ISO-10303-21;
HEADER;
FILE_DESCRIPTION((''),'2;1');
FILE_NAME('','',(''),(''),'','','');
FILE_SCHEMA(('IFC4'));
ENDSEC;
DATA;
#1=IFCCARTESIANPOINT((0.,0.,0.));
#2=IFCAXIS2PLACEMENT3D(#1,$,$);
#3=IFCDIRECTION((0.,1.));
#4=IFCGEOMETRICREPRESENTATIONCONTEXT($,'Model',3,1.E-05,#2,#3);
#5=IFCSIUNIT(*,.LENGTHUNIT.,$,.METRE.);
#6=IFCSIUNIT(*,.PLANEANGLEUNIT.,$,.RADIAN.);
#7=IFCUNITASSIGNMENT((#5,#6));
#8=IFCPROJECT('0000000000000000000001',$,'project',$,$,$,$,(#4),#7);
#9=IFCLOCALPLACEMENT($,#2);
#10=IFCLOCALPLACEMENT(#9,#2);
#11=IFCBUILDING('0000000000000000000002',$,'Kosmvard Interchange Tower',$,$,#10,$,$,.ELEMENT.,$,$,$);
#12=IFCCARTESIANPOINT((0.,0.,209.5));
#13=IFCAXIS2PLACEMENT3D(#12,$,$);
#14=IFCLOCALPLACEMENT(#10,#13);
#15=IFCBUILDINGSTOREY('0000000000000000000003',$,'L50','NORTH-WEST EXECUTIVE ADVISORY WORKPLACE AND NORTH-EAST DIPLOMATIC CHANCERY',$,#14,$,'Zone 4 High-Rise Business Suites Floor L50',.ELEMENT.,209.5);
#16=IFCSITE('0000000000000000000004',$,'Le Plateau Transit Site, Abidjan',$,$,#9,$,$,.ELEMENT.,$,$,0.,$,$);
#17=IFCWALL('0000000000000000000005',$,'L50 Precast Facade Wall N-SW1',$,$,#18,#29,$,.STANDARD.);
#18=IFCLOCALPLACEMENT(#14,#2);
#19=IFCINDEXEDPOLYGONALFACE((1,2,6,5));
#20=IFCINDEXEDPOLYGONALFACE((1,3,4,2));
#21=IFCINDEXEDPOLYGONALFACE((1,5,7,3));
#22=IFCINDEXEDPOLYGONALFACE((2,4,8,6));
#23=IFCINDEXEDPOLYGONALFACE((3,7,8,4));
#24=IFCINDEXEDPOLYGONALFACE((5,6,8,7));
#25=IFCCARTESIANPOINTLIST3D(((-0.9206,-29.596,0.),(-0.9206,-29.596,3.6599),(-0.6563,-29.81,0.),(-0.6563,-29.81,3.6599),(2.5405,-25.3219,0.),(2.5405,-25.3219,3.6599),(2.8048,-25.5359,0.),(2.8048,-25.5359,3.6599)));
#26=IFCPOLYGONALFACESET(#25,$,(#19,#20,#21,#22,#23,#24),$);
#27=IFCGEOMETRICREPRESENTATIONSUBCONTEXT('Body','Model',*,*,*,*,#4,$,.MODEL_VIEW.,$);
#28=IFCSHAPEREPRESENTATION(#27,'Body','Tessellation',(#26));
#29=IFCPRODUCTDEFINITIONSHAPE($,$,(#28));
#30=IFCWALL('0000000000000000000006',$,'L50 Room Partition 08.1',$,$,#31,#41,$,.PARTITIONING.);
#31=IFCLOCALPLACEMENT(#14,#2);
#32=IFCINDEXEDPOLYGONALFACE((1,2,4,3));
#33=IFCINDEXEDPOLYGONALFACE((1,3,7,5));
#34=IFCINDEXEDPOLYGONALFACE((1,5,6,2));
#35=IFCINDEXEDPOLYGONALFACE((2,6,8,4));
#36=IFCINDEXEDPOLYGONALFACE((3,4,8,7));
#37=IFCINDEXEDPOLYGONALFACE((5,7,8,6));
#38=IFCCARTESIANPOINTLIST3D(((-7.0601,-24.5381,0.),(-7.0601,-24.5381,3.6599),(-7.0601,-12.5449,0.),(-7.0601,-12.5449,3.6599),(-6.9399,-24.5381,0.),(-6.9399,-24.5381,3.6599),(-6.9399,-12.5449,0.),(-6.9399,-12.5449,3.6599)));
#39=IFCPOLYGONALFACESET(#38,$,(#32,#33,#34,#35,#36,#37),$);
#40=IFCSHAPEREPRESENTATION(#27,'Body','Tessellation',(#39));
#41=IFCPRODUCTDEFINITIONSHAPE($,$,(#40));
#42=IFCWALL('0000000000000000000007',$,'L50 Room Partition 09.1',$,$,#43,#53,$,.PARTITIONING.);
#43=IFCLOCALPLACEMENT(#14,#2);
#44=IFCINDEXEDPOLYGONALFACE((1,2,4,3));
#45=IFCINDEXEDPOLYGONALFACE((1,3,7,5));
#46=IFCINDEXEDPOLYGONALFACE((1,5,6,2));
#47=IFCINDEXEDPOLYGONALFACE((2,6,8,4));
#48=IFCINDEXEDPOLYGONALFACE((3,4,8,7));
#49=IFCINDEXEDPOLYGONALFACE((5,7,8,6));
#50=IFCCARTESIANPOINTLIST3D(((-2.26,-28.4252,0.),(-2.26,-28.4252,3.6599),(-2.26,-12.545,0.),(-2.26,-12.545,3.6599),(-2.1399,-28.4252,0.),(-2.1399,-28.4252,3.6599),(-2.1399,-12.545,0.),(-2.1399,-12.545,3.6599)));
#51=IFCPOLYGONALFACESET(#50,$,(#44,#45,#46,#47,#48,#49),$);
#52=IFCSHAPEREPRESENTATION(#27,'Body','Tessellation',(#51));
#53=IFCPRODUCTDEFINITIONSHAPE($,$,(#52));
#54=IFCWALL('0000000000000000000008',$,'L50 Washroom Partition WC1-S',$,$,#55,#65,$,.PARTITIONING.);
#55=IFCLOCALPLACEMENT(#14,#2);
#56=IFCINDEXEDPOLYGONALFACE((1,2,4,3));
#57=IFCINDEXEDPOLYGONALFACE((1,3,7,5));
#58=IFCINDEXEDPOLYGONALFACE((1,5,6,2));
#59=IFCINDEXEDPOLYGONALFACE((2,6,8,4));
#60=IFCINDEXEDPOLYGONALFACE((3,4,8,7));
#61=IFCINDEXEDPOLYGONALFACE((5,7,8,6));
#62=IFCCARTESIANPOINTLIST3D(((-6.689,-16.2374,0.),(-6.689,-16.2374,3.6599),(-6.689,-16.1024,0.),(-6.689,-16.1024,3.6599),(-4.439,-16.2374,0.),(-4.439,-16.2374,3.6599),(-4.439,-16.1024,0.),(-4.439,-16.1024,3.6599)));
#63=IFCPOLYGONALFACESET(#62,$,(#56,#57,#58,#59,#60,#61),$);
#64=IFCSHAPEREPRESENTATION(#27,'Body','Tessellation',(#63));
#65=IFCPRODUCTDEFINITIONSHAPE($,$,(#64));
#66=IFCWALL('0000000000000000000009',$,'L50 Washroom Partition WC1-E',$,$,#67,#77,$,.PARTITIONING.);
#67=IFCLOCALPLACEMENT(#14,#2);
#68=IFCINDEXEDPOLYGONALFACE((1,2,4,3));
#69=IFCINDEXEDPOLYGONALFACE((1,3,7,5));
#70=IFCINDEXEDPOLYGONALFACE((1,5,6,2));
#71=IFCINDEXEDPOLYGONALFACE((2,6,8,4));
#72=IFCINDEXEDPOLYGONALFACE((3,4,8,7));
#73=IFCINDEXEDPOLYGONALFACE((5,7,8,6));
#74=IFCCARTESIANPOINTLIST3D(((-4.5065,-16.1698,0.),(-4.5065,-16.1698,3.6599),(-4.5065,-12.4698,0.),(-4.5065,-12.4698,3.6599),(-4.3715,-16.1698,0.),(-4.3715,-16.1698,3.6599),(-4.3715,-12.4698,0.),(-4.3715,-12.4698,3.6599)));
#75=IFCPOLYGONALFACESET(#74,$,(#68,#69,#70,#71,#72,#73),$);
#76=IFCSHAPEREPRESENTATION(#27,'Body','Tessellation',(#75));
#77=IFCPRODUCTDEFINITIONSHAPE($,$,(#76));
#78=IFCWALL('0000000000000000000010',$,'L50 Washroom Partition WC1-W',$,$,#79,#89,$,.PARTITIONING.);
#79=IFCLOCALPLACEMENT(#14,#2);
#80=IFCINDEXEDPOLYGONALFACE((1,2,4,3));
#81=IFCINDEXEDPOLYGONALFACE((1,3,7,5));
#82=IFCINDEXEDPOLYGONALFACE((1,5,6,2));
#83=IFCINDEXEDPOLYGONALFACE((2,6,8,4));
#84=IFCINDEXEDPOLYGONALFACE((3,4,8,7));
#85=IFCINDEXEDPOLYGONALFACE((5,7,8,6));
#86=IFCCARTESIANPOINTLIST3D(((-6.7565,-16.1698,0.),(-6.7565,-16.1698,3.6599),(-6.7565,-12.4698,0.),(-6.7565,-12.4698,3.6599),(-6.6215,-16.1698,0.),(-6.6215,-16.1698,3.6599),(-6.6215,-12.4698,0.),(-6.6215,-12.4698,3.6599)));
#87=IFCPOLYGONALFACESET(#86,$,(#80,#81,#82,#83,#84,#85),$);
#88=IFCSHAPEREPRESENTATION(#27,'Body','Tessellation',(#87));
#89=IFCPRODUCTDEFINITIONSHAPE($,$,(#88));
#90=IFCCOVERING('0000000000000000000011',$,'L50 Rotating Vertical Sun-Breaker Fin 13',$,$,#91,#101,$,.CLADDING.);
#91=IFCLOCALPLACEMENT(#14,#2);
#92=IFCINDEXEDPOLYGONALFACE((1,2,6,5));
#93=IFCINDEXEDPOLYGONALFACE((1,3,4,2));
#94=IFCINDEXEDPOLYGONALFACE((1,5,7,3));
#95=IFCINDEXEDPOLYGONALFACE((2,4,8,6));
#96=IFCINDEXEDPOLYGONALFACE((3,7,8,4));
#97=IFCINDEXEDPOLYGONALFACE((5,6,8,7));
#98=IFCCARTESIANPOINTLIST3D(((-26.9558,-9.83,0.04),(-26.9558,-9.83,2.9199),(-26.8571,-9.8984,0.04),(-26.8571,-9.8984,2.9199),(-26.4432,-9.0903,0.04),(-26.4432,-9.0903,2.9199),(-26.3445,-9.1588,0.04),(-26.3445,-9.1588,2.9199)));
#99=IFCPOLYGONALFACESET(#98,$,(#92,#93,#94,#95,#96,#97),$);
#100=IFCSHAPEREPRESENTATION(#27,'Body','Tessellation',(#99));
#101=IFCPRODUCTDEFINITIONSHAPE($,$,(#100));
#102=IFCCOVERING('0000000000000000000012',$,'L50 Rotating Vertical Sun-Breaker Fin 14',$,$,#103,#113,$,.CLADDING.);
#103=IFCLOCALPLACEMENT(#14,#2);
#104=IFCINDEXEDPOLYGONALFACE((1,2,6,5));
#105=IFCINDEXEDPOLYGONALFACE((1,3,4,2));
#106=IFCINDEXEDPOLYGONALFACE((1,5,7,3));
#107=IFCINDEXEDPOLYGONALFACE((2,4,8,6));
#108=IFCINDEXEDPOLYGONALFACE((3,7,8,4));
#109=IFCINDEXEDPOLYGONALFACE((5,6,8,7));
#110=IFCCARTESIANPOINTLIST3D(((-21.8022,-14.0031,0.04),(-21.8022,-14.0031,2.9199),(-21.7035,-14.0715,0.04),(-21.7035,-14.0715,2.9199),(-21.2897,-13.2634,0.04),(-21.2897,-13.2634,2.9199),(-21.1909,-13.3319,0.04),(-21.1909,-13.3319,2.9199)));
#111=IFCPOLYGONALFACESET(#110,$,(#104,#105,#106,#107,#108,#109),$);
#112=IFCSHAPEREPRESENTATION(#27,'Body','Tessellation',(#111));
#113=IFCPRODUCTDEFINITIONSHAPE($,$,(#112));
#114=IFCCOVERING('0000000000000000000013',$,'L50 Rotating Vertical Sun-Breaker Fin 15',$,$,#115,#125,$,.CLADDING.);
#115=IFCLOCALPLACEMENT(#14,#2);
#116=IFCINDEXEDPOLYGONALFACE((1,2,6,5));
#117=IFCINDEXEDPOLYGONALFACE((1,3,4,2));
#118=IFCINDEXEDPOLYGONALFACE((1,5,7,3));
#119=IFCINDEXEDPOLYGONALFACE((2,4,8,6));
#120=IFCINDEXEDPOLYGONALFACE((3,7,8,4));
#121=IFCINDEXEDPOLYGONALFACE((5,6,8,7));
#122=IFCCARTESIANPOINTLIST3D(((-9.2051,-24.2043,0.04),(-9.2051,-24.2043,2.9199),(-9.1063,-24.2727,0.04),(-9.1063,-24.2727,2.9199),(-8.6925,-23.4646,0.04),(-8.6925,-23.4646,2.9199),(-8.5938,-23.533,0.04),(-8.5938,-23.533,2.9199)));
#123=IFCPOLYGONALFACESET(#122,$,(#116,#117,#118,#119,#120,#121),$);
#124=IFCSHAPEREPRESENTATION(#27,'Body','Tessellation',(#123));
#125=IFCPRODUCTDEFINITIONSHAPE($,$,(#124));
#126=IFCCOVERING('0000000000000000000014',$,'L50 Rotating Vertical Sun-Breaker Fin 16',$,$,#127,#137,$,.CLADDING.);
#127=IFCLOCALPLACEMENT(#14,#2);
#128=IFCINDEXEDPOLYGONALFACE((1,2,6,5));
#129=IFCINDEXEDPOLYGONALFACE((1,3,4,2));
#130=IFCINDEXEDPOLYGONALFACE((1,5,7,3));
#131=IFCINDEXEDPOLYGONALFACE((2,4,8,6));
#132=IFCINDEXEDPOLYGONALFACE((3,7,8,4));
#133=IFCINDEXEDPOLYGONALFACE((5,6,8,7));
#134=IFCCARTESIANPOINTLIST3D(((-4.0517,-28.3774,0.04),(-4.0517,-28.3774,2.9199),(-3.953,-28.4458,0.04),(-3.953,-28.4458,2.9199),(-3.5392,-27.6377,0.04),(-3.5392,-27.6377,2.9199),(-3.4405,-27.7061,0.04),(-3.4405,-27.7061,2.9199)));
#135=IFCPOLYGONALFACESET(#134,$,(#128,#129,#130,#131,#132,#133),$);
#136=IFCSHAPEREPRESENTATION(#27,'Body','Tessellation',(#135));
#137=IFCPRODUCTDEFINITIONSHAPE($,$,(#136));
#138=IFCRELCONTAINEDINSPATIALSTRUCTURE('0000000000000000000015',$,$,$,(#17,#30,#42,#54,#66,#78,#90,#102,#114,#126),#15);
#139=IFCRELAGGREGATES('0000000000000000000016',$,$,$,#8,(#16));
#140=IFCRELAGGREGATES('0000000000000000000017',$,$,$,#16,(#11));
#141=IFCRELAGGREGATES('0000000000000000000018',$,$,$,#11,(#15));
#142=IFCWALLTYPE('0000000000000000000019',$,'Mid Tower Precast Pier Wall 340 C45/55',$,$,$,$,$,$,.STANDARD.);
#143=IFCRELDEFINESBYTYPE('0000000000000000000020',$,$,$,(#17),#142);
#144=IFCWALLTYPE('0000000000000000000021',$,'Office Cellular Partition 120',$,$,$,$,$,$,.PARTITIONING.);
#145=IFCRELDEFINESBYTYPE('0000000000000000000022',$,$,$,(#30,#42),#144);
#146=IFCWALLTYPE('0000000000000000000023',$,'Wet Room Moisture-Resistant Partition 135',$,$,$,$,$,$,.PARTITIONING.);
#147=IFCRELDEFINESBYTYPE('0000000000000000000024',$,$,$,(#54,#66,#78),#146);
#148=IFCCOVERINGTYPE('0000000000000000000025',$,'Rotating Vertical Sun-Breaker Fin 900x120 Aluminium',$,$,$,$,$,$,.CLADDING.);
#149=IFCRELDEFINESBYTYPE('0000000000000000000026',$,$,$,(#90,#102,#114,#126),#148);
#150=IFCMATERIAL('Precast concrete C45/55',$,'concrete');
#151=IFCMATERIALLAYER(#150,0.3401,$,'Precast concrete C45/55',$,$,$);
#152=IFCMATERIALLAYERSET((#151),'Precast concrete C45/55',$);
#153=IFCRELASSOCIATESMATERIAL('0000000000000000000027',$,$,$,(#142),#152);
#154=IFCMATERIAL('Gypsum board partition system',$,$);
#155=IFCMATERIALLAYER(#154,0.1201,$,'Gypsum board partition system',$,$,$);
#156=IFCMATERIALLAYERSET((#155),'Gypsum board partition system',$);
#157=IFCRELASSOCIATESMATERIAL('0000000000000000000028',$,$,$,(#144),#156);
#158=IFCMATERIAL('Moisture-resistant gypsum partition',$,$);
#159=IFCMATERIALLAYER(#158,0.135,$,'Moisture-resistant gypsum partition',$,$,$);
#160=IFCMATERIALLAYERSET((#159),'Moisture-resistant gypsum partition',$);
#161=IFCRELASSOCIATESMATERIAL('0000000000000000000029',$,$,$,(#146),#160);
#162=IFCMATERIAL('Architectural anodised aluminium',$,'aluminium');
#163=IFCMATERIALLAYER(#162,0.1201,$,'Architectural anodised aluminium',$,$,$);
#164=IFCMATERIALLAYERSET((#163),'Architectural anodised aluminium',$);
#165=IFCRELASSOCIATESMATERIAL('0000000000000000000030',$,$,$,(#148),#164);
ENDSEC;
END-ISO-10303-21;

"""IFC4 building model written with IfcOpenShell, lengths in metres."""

from ifc_helpers import new_model, si_unit, direction, frame, frame_2d, origin, origin_2d, place, context, subcontext, project, spatial, rectangle, extrude, source, transform, mapped, material, layer, layer_set, type_object, element, save


model = new_model("IFC4")

# Units and contexts
model_context = context("Model", 3, precision=1e-05, world=origin(), true_north=direction((0.0, 1.0)))
body_context = subcontext(model_context, "Body", "Model", "MODEL_VIEW")
ifc_project = project(units=[si_unit("LENGTHUNIT", "METRE"), si_unit("PLANEANGLEUNIT", "RADIAN")], contexts=[model_context])

# Site, building, storey
site_placement = place(None, origin())
site = spatial("IfcSite", under=ifc_project, at=site_placement, Name="Le Plateau Transit Site, Abidjan", CompositionType="ELEMENT", RefElevation=0.0)
building_placement = place(site_placement, origin())
building = spatial("IfcBuilding", under=site, at=building_placement, Name="Kosmvard Interchange Tower", CompositionType="ELEMENT")
storey_placement = place(building_placement, frame((0.0, 0.0, 209.5)))
storey = spatial("IfcBuildingStorey", under=building, at=storey_placement, Name="L50", Description="NORTH-WEST EXECUTIVE ADVISORY WORKPLACE AND NORTH-EAST DIPLOMATIC CHANCERY", LongName="Zone 4 High-Rise Business Suites Floor L50", CompositionType="ELEMENT", Elevation=209.5)

# Shared definitions
ifc_material_1 = material(Name="Precast concrete C45/55", Category="concrete")

# Walls
ifc_layer_1 = layer(ifc_material_1, 0.3401, Name="Precast concrete C45/55")
ifc_layer_set_1 = layer_set([ifc_layer_1], Name="Precast concrete C45/55")
wall_type_1 = type_object("IfcWallType", Name="Mid Tower Precast Pier Wall 340 C45/55", PredefinedType="STANDARD", material=ifc_layer_set_1)
wall_1_placement = place(storey_placement, frame((-0.7886, -29.7031, 0.0), z_axis=(0.0, 0.0, 1.0), x_axis=(0.629323, 0.777144, 0.0)))
element("IfcWall", 1, at=wall_1_placement, inside=storey, type_object=wall_type_1, Name="L50 Precast Facade Wall N-SW1", PredefinedType="STANDARD", context=body_context, shape_type="SweptSolid", body=[
    extrude(rectangle(XDim=5.4998, YDim=0.3401, at=frame_2d((2.75, 0.0))), origin(), (0.0, 0.0, 1.0), 3.6599),
])
ifc_material_2 = material(Name="Gypsum board partition system")
ifc_layer_2 = layer(ifc_material_2, 0.1201, Name="Gypsum board partition system")
ifc_layer_set_2 = layer_set([ifc_layer_2], Name="Gypsum board partition system")
wall_type_2 = type_object("IfcWallType", Name="Office Cellular Partition 120", PredefinedType="PARTITIONING", material=ifc_layer_set_2)
wall_2_placement = place(storey_placement, frame((-7.0, -24.5381, 0.0), z_axis=(0.0, 0.0, 1.0), x_axis=(0.0, 1.0, 0.0)))
element("IfcWall", 2, at=wall_2_placement, inside=storey, type_object=wall_type_2, Name="L50 Room Partition 08.1", PredefinedType="PARTITIONING", context=body_context, shape_type="SweptSolid", body=[
    extrude(rectangle(XDim=11.9932, YDim=0.1201, at=frame_2d((5.9966, 0.0))), origin(), (0.0, 0.0, 1.0), 3.6599),
])
wall_3_placement = place(storey_placement, frame((-2.2, -28.425, 0.0), z_axis=(0.0, 0.0, 1.0), x_axis=(0.0, 1.0, 0.0)))
element("IfcWall", 3, at=wall_3_placement, inside=storey, type_object=wall_type_2, Name="L50 Room Partition 09.1", PredefinedType="PARTITIONING", context=body_context, shape_type="SweptSolid", body=[
    extrude(rectangle(XDim=15.8801, YDim=0.1201, at=frame_2d((7.9399, 0.0))), origin(), (0.0, 0.0, 1.0), 3.6599),
])
ifc_material_3 = material(Name="Moisture-resistant gypsum partition")
ifc_layer_3 = layer(ifc_material_3, 0.135, Name="Moisture-resistant gypsum partition")
ifc_layer_set_3 = layer_set([ifc_layer_3], Name="Moisture-resistant gypsum partition")
wall_type_3 = type_object("IfcWallType", Name="Wet Room Moisture-Resistant Partition 135", PredefinedType="PARTITIONING", material=ifc_layer_set_3)
wall_4_placement = place(storey_placement, frame((-6.689, -16.1699, 0.0), z_axis=(0.0, 0.0, 1.0), x_axis=(1.0, 0.0, 0.0)))
element("IfcWall", 4, at=wall_4_placement, inside=storey, type_object=wall_type_3, Name="L50 Washroom Partition WC1-S", PredefinedType="PARTITIONING", context=body_context, shape_type="SweptSolid", body=[
    extrude(rectangle(XDim=2.25, YDim=0.135, at=frame_2d((1.125, 0.0))), origin(), (0.0, 0.0, 1.0), 3.6599),
])
for number, where, z_axis, x_axis, name in (
    (5, (-4.439, -16.1699, 0.0), (0.0, 0.0, 1.0), (0.0, 1.0, 0.0), "L50 Washroom Partition WC1-E"),
    (6, (-6.689, -16.1699, 0.0), (0.0, 0.0, 1.0), (0.0, 1.0, 0.0), "L50 Washroom Partition WC1-W"),
):
    element("IfcWall", number, at=place(storey_placement, frame(where, z_axis=z_axis, x_axis=x_axis)), inside=storey, type_object=wall_type_3, Name=name, PredefinedType="PARTITIONING", context=body_context, shape_type="SweptSolid", body=[
        extrude(rectangle(XDim=3.7, YDim=0.135, at=frame_2d((1.8501, 0.0))), origin(), (0.0, 0.0, 1.0), 3.6599),
    ])

# Coverings
ifc_material_4 = material(Name="Architectural anodised aluminium", Category="aluminium")
ifc_layer_4 = layer(ifc_material_4, 0.1201, Name="Architectural anodised aluminium")
ifc_layer_set_4 = layer_set([ifc_layer_4], Name="Architectural anodised aluminium")
covering_type = type_object("IfcCoveringType", Name="Rotating Vertical Sun-Breaker Fin 900x120 Aluminium", PredefinedType="CLADDING", material=ifc_layer_set_4)
shared_shape_1 = source(origin(), body_context, "Body", "SweptSolid", [
    extrude(rectangle(XDim=0.8999, YDim=0.1201, at=origin_2d()), origin(), (0.0, 0.0, 1.0), 2.8799),
])
for number, where, z_axis, x_axis, name in (
    (7, (-26.6501, -9.4944, 0.04), (0.0, 0.0, 1.0), (-0.569566, -0.821945, 0.0), "L50 Rotating Vertical Sun-Breaker Fin 13"),
    (8, (-21.4966, -13.6675, 0.04), (0.0, 0.0, 1.0), (-0.569566, -0.821945, 0.0), "L50 Rotating Vertical Sun-Breaker Fin 14"),
    (9, (-8.8994, -23.8687, 0.04), (0.0, 0.0, 1.0), (-0.569566, -0.821945, 0.0), "L50 Rotating Vertical Sun-Breaker Fin 15"),
    (10, (-3.7461, -28.0417, 0.04), (0.0, 0.0, 1.0), (-0.569566, -0.821945, 0.0), "L50 Rotating Vertical Sun-Breaker Fin 16"),
):
    element("IfcCovering", number, at=place(storey_placement, frame(where, z_axis=z_axis, x_axis=x_axis)), inside=storey, type_object=covering_type, Name=name, PredefinedType="CLADDING", context=body_context, shape_type="MappedRepresentation", body=[
        mapped(shared_shape_1, transform((0.0, 0.0, 0.0), scale=1.0)),
    ])

save(model, "model.ifc")
